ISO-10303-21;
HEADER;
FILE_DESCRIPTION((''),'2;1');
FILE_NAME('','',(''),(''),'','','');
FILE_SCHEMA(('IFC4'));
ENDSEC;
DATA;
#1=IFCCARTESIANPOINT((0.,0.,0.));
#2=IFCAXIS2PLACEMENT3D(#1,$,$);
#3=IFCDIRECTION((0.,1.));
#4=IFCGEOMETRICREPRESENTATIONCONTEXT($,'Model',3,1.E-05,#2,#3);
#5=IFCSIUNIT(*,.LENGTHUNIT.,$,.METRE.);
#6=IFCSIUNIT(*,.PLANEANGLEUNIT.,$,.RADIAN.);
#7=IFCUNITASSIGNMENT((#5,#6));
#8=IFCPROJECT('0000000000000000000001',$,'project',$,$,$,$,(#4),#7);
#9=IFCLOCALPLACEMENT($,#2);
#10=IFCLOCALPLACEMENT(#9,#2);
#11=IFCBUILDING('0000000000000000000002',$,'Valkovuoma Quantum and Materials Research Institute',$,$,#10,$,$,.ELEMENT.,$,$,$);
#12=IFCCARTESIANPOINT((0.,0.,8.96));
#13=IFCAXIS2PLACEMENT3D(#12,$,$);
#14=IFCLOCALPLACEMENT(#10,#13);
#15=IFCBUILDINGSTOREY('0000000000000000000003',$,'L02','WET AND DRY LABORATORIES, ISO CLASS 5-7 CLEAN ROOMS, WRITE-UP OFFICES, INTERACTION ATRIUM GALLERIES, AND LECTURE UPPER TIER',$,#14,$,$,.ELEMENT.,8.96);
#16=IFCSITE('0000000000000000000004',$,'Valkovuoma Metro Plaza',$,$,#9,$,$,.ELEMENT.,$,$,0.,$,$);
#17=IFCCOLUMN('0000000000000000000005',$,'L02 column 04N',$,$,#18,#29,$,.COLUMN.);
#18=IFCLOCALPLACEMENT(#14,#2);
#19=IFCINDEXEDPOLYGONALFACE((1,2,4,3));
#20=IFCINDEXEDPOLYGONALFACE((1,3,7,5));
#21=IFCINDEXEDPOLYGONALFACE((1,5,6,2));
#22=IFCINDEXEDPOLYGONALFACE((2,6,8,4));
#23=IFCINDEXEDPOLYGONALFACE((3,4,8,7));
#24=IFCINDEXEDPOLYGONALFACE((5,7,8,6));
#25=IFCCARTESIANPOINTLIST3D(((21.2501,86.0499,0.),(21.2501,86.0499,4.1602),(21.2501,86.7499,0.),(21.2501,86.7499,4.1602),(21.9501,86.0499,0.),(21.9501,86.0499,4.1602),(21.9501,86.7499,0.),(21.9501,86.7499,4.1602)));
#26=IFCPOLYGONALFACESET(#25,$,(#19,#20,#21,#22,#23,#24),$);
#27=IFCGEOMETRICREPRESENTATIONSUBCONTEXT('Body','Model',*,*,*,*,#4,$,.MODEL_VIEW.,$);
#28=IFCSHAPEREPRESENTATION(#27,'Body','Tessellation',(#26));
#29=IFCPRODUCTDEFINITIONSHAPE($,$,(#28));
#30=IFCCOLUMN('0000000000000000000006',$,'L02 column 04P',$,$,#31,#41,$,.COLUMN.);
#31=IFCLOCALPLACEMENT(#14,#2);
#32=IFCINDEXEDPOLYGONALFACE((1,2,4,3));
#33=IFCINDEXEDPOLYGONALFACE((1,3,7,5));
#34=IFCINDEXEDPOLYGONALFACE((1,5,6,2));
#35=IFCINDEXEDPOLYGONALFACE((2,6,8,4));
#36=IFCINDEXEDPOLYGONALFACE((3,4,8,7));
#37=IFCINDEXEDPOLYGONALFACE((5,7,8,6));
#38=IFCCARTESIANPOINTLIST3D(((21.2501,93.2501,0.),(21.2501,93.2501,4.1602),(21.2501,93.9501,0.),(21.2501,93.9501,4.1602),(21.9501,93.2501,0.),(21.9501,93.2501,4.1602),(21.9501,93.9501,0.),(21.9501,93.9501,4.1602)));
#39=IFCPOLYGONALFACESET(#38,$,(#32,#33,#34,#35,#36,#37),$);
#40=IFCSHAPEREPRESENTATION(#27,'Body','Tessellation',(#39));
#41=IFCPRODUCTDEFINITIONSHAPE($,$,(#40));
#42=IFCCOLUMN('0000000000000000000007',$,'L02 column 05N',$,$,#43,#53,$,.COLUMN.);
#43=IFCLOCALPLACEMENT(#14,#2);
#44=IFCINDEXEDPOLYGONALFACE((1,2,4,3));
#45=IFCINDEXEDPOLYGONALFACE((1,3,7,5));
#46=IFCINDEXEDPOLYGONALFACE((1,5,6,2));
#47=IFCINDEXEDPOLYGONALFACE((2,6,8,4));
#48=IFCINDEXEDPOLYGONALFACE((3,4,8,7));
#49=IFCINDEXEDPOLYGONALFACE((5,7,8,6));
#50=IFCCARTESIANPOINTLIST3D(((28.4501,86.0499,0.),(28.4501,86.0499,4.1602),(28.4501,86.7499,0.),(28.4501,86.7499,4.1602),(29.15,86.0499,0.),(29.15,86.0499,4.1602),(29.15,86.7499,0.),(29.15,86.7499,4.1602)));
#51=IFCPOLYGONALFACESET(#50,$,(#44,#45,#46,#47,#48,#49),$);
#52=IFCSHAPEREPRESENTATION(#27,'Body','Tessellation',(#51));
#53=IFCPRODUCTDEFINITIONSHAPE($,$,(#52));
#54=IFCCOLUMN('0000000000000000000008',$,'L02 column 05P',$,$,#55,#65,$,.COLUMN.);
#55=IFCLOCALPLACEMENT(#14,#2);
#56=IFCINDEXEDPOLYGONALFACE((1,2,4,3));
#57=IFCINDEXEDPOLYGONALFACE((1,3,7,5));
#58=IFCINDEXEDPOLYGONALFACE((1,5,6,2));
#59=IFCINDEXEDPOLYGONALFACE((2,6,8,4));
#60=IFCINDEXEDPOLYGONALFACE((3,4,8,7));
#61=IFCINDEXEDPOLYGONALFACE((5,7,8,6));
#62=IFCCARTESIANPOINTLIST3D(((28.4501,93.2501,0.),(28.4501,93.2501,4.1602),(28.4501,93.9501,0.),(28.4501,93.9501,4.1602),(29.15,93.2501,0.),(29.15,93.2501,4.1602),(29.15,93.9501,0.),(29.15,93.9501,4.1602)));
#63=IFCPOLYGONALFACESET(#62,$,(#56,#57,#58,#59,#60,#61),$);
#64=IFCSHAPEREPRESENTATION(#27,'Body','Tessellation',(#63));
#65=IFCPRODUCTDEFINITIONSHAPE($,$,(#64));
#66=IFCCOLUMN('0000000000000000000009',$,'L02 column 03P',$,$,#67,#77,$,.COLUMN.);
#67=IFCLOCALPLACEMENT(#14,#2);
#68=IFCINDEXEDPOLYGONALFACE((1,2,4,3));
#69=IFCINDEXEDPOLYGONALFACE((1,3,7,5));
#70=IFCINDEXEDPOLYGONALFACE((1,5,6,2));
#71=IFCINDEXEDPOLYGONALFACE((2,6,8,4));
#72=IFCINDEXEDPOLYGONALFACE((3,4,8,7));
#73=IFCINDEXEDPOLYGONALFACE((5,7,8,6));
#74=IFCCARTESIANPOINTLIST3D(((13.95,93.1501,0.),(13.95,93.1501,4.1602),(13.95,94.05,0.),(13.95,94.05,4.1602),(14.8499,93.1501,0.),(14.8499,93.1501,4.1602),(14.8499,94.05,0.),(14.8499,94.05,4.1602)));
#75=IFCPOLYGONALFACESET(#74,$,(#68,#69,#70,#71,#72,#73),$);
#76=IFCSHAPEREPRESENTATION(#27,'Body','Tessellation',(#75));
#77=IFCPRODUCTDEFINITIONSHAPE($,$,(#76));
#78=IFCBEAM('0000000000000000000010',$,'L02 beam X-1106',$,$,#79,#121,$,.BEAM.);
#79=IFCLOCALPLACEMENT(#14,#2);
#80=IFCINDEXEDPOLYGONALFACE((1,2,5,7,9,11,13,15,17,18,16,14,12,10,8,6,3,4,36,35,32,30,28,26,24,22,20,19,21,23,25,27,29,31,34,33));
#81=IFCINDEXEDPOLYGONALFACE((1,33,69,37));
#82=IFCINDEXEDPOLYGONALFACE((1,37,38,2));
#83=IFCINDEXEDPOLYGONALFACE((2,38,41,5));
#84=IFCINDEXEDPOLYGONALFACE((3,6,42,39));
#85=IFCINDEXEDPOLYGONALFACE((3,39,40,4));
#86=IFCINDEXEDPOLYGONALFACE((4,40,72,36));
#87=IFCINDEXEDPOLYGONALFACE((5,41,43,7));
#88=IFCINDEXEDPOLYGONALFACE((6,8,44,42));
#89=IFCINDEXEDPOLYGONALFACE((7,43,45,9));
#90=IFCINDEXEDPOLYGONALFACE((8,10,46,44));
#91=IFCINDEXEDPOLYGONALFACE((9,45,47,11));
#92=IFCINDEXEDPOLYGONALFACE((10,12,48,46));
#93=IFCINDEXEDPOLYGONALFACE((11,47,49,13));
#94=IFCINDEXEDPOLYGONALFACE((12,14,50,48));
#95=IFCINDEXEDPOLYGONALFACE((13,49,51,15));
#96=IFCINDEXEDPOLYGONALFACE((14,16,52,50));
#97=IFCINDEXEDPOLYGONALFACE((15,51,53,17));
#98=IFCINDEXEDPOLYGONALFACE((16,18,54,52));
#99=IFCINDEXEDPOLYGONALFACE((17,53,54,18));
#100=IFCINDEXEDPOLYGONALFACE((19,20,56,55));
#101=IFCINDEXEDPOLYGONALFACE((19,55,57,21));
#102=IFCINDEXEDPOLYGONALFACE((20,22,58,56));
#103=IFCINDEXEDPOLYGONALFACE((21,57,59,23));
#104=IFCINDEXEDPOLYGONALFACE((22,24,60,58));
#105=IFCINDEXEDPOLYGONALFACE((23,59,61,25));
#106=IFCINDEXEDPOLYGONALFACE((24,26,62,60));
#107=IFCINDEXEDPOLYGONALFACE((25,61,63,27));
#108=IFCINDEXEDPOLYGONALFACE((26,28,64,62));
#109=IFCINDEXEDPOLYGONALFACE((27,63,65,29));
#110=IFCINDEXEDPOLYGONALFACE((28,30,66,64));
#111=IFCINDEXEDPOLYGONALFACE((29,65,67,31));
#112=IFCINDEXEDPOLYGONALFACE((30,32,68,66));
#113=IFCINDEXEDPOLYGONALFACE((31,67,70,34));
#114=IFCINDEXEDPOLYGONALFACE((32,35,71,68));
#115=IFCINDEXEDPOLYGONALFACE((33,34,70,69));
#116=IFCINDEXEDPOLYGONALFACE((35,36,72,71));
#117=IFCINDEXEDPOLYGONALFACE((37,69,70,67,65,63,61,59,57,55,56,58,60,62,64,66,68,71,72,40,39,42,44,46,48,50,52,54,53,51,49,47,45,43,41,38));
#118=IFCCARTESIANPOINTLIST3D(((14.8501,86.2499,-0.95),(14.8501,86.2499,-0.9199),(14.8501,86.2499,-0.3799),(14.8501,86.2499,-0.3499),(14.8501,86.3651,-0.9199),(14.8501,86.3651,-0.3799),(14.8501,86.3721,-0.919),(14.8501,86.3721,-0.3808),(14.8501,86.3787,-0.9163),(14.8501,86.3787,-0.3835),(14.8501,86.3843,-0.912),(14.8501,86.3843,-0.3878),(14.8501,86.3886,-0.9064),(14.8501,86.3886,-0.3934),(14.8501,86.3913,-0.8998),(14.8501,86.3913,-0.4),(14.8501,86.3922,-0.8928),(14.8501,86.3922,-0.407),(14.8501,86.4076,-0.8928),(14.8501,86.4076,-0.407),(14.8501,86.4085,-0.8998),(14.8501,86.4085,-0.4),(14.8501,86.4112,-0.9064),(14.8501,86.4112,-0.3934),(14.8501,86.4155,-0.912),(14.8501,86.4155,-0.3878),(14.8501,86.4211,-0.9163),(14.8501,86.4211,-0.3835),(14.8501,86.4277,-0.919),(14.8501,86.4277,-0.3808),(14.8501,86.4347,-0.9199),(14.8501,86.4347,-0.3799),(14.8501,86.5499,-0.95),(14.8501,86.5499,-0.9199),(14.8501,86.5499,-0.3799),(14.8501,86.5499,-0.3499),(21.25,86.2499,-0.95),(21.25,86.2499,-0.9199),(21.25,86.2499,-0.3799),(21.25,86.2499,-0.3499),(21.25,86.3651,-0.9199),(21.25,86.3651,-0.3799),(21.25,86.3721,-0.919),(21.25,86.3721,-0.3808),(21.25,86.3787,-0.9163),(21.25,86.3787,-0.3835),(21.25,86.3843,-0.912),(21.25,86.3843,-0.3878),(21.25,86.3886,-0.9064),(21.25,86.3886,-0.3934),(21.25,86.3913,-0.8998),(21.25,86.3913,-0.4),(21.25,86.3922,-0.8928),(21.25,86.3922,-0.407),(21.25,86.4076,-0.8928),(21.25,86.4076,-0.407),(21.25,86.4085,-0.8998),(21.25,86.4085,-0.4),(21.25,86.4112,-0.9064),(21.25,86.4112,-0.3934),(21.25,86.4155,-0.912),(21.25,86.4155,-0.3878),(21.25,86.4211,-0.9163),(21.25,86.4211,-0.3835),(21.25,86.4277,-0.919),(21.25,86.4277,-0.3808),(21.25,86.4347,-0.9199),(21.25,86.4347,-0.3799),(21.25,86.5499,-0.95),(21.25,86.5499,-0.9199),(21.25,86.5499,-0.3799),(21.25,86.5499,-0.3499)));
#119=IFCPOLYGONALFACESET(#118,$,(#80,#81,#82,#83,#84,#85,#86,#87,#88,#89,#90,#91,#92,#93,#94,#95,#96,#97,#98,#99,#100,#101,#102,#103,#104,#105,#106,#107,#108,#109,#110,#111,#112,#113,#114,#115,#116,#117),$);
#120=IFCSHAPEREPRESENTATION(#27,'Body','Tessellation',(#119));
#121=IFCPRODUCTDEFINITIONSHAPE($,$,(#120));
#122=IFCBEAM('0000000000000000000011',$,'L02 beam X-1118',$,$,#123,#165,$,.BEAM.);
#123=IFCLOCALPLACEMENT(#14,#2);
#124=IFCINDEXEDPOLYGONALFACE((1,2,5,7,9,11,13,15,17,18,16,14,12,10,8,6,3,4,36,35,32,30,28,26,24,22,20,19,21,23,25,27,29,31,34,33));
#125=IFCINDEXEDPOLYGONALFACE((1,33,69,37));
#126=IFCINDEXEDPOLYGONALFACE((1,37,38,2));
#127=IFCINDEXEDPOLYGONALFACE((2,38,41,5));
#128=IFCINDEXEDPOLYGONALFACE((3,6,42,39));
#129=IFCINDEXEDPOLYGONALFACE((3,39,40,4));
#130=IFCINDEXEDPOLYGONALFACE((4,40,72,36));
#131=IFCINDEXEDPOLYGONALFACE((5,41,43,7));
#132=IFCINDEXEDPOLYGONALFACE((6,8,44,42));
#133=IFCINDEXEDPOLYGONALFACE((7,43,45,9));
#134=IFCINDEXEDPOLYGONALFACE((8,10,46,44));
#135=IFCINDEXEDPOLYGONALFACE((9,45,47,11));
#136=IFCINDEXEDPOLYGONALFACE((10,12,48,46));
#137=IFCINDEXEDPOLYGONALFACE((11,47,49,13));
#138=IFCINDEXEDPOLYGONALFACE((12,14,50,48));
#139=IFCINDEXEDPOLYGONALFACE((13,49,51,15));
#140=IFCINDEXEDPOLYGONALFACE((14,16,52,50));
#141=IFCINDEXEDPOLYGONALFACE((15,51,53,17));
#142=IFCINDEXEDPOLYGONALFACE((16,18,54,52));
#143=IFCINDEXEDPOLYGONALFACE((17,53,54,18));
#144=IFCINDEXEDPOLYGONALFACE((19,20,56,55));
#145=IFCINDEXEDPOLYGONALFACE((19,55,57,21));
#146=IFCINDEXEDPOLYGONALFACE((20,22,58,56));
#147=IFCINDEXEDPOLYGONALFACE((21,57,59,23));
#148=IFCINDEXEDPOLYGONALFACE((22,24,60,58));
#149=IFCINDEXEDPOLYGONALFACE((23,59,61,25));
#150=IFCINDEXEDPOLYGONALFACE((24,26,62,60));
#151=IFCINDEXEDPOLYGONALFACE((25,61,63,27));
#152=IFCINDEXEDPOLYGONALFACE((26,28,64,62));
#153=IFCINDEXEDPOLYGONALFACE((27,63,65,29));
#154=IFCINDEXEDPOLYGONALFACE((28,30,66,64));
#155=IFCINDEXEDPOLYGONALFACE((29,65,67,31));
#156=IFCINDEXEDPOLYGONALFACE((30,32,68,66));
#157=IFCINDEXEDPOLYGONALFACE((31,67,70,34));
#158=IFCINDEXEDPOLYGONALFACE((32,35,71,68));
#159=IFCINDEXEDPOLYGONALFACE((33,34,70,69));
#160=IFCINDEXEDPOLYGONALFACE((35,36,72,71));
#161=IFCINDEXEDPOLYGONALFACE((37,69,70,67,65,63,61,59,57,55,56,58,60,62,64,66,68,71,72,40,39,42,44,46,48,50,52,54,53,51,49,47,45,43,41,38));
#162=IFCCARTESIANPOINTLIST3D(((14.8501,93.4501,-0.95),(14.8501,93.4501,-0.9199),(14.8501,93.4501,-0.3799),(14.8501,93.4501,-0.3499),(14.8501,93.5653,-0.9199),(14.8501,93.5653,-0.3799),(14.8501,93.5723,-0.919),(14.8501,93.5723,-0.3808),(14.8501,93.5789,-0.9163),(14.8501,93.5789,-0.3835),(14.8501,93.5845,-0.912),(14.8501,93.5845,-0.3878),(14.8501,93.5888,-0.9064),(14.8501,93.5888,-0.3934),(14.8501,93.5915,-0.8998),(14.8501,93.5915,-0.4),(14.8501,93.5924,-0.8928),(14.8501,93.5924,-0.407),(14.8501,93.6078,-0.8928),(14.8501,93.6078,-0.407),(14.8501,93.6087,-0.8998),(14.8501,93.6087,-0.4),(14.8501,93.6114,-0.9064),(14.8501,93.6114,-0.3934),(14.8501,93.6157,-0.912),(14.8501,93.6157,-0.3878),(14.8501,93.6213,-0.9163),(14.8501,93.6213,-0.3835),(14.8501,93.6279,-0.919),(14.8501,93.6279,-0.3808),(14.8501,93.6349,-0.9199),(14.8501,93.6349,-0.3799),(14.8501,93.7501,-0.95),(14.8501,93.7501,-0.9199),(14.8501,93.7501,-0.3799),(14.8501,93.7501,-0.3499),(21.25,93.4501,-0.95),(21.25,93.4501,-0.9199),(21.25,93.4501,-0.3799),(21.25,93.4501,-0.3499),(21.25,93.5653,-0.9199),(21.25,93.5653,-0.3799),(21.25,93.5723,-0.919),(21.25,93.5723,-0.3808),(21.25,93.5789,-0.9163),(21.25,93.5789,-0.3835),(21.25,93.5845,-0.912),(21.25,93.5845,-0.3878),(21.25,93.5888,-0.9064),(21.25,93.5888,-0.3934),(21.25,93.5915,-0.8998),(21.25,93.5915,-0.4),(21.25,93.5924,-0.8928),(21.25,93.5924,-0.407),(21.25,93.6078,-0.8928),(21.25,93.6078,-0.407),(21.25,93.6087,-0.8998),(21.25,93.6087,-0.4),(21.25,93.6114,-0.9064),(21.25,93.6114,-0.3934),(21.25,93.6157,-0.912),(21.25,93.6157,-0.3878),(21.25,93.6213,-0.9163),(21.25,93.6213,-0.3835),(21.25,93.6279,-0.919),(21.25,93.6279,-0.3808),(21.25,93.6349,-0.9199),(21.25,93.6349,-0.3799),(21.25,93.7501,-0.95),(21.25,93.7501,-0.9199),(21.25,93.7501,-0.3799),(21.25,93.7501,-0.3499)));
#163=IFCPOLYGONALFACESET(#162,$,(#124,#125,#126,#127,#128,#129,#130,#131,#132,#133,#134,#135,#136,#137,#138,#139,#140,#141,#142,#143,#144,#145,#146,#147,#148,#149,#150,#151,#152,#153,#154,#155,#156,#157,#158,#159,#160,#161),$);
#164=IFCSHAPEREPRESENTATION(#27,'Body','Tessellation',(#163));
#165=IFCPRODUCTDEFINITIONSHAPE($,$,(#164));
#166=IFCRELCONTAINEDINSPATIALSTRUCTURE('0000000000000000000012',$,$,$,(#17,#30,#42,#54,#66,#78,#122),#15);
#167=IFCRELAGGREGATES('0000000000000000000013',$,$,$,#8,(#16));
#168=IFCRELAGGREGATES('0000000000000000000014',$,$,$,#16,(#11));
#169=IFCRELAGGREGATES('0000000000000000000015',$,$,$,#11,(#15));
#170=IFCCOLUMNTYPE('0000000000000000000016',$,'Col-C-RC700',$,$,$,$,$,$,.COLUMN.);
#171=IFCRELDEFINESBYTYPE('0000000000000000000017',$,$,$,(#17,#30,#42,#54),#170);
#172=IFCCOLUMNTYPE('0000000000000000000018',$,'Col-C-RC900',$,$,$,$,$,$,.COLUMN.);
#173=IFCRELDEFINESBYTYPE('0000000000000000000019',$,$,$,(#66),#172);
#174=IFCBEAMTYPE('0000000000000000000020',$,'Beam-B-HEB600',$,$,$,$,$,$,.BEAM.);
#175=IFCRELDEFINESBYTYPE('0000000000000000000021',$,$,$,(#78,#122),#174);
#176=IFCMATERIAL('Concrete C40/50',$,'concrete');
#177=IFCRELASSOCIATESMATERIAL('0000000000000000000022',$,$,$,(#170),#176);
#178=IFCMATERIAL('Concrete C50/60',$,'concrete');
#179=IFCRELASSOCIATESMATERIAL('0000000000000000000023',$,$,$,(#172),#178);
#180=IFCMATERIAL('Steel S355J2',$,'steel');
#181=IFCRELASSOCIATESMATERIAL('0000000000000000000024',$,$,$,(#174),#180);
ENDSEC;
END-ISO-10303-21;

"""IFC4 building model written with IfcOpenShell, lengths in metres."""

from ifc_helpers import new_model, si_unit, direction, frame, origin, origin_2d, place, context, subcontext, project, spatial, rectangle, i_section, extrude, material, material_profile, profile_set, type_object, element, save


model = new_model("IFC4")

# Units and contexts
model_context = context("Model", 3, precision=1e-05, world=origin(), true_north=direction((0.0, 1.0)))
body_context = subcontext(model_context, "Body", "Model", "MODEL_VIEW")
ifc_project = project(units=[si_unit("LENGTHUNIT", "METRE"), si_unit("PLANEANGLEUNIT", "RADIAN")], contexts=[model_context])

# Site, building, storey
site_placement = place(None, origin())
site = spatial("IfcSite", under=ifc_project, at=site_placement, Name="Valkovuoma Metro Plaza", CompositionType="ELEMENT", RefElevation=0.0)
building_placement = place(site_placement, origin())
building = spatial("IfcBuilding", under=site, at=building_placement, Name="Valkovuoma Quantum and Materials Research Institute", CompositionType="ELEMENT")
storey_placement = place(building_placement, frame((0.0, 0.0, 8.96)))
storey = spatial("IfcBuildingStorey", under=building, at=storey_placement, Name="L02", Description="WET AND DRY LABORATORIES, ISO CLASS 5-7 CLEAN ROOMS, WRITE-UP OFFICES, INTERACTION ATRIUM GALLERIES, AND LECTURE UPPER TIER", CompositionType="ELEMENT", Elevation=8.96)

# Columns
ifc_material_1 = material(Name="Concrete C40/50", Category="concrete")
ifc_material_profile_1 = material_profile(ifc_material_1, rectangle(XDim=0.7, YDim=0.7, at=origin_2d()), Name="Concrete C40/50")
ifc_profile_set_1 = profile_set([ifc_material_profile_1], Name="Concrete C40/50")
column_type_1 = type_object("IfcColumnType", Name="Col-C-RC700", PredefinedType="COLUMN", material=ifc_profile_set_1)
for number, where, z_axis, x_axis, name in (
    (1, (21.6001, 86.3999, 0.0), (0.0, 0.0, 1.0), (1.0, 0.0, 0.0), "L02 column 04N"),
    (2, (21.6001, 93.6001, 0.0), (0.0, 0.0, 1.0), (1.0, 0.0, 0.0), "L02 column 04P"),
    (3, (28.8, 86.3999, 0.0), (0.0, 0.0, 1.0), (1.0, 0.0, 0.0), "L02 column 05N"),
    (4, (28.8, 93.6001, 0.0), (0.0, 0.0, 1.0), (1.0, 0.0, 0.0), "L02 column 05P"),
):
    element("IfcColumn", number, at=place(storey_placement, frame(where, z_axis=z_axis, x_axis=x_axis)), inside=storey, type_object=column_type_1, Name=name, PredefinedType="COLUMN", context=body_context, shape_type="SweptSolid", body=[
        extrude(rectangle(XDim=0.7, YDim=0.7, at=origin_2d()), origin(), (0.0, 0.0, 1.0), 4.1602),
    ])
ifc_material_2 = material(Name="Concrete C50/60", Category="concrete")
ifc_material_profile_2 = material_profile(ifc_material_2, rectangle(XDim=0.8999, YDim=0.8999, at=origin_2d()), Name="Concrete C50/60")
ifc_profile_set_2 = profile_set([ifc_material_profile_2], Name="Concrete C50/60")
column_type_2 = type_object("IfcColumnType", Name="Col-C-RC900", PredefinedType="COLUMN", material=ifc_profile_set_2)
column_placement = place(storey_placement, frame((14.3999, 93.6001, 0.0), z_axis=(0.0, 0.0, 1.0), x_axis=(1.0, 0.0, 0.0)))
element("IfcColumn", 5, at=column_placement, inside=storey, type_object=column_type_2, Name="L02 column 03P", PredefinedType="COLUMN", context=body_context, shape_type="SweptSolid", body=[
    extrude(rectangle(XDim=0.8999, YDim=0.8999, at=origin_2d()), origin(), (0.0, 0.0, 1.0), 4.1602),
])

# Beams
ifc_material_3 = material(Name="Steel S355J2", Category="steel")
ifc_material_profile_3 = material_profile(ifc_material_3, i_section(OverallWidth=0.3, OverallDepth=0.6001, WebThickness=0.0154, FlangeThickness=0.03, FilletRadius=0.0271, at=origin_2d()), Name="Steel S355J2")
ifc_profile_set_3 = profile_set([ifc_material_profile_3], Name="Steel S355J2")
beam_type_1 = type_object("IfcBeamType", Name="Beam-B-HEB600", PredefinedType="BEAM", material=ifc_profile_set_3)
for number, where, z_axis, x_axis, name in (
    (6, (14.8501, 86.3999, -0.6499), (1.0, 0.0, 0.0), (0.0, 1.0, 0.0), "L02 beam X-1106"),
    (7, (14.8501, 93.6001, -0.6499), (1.0, 0.0, 0.0), (0.0, 1.0, 0.0), "L02 beam X-1118"),
):
    element("IfcBeam", number, at=place(storey_placement, frame(where, z_axis=z_axis, x_axis=x_axis)), inside=storey, type_object=beam_type_1, Name=name, PredefinedType="BEAM", context=body_context, shape_type="SweptSolid", body=[
        extrude(i_section(OverallWidth=0.3, OverallDepth=0.6001, WebThickness=0.0154, FlangeThickness=0.03, FilletRadius=0.0271, at=origin_2d()), origin(), (0.0, 0.0, 1.0), 6.3999),
    ])

save(model, "model.ifc")
